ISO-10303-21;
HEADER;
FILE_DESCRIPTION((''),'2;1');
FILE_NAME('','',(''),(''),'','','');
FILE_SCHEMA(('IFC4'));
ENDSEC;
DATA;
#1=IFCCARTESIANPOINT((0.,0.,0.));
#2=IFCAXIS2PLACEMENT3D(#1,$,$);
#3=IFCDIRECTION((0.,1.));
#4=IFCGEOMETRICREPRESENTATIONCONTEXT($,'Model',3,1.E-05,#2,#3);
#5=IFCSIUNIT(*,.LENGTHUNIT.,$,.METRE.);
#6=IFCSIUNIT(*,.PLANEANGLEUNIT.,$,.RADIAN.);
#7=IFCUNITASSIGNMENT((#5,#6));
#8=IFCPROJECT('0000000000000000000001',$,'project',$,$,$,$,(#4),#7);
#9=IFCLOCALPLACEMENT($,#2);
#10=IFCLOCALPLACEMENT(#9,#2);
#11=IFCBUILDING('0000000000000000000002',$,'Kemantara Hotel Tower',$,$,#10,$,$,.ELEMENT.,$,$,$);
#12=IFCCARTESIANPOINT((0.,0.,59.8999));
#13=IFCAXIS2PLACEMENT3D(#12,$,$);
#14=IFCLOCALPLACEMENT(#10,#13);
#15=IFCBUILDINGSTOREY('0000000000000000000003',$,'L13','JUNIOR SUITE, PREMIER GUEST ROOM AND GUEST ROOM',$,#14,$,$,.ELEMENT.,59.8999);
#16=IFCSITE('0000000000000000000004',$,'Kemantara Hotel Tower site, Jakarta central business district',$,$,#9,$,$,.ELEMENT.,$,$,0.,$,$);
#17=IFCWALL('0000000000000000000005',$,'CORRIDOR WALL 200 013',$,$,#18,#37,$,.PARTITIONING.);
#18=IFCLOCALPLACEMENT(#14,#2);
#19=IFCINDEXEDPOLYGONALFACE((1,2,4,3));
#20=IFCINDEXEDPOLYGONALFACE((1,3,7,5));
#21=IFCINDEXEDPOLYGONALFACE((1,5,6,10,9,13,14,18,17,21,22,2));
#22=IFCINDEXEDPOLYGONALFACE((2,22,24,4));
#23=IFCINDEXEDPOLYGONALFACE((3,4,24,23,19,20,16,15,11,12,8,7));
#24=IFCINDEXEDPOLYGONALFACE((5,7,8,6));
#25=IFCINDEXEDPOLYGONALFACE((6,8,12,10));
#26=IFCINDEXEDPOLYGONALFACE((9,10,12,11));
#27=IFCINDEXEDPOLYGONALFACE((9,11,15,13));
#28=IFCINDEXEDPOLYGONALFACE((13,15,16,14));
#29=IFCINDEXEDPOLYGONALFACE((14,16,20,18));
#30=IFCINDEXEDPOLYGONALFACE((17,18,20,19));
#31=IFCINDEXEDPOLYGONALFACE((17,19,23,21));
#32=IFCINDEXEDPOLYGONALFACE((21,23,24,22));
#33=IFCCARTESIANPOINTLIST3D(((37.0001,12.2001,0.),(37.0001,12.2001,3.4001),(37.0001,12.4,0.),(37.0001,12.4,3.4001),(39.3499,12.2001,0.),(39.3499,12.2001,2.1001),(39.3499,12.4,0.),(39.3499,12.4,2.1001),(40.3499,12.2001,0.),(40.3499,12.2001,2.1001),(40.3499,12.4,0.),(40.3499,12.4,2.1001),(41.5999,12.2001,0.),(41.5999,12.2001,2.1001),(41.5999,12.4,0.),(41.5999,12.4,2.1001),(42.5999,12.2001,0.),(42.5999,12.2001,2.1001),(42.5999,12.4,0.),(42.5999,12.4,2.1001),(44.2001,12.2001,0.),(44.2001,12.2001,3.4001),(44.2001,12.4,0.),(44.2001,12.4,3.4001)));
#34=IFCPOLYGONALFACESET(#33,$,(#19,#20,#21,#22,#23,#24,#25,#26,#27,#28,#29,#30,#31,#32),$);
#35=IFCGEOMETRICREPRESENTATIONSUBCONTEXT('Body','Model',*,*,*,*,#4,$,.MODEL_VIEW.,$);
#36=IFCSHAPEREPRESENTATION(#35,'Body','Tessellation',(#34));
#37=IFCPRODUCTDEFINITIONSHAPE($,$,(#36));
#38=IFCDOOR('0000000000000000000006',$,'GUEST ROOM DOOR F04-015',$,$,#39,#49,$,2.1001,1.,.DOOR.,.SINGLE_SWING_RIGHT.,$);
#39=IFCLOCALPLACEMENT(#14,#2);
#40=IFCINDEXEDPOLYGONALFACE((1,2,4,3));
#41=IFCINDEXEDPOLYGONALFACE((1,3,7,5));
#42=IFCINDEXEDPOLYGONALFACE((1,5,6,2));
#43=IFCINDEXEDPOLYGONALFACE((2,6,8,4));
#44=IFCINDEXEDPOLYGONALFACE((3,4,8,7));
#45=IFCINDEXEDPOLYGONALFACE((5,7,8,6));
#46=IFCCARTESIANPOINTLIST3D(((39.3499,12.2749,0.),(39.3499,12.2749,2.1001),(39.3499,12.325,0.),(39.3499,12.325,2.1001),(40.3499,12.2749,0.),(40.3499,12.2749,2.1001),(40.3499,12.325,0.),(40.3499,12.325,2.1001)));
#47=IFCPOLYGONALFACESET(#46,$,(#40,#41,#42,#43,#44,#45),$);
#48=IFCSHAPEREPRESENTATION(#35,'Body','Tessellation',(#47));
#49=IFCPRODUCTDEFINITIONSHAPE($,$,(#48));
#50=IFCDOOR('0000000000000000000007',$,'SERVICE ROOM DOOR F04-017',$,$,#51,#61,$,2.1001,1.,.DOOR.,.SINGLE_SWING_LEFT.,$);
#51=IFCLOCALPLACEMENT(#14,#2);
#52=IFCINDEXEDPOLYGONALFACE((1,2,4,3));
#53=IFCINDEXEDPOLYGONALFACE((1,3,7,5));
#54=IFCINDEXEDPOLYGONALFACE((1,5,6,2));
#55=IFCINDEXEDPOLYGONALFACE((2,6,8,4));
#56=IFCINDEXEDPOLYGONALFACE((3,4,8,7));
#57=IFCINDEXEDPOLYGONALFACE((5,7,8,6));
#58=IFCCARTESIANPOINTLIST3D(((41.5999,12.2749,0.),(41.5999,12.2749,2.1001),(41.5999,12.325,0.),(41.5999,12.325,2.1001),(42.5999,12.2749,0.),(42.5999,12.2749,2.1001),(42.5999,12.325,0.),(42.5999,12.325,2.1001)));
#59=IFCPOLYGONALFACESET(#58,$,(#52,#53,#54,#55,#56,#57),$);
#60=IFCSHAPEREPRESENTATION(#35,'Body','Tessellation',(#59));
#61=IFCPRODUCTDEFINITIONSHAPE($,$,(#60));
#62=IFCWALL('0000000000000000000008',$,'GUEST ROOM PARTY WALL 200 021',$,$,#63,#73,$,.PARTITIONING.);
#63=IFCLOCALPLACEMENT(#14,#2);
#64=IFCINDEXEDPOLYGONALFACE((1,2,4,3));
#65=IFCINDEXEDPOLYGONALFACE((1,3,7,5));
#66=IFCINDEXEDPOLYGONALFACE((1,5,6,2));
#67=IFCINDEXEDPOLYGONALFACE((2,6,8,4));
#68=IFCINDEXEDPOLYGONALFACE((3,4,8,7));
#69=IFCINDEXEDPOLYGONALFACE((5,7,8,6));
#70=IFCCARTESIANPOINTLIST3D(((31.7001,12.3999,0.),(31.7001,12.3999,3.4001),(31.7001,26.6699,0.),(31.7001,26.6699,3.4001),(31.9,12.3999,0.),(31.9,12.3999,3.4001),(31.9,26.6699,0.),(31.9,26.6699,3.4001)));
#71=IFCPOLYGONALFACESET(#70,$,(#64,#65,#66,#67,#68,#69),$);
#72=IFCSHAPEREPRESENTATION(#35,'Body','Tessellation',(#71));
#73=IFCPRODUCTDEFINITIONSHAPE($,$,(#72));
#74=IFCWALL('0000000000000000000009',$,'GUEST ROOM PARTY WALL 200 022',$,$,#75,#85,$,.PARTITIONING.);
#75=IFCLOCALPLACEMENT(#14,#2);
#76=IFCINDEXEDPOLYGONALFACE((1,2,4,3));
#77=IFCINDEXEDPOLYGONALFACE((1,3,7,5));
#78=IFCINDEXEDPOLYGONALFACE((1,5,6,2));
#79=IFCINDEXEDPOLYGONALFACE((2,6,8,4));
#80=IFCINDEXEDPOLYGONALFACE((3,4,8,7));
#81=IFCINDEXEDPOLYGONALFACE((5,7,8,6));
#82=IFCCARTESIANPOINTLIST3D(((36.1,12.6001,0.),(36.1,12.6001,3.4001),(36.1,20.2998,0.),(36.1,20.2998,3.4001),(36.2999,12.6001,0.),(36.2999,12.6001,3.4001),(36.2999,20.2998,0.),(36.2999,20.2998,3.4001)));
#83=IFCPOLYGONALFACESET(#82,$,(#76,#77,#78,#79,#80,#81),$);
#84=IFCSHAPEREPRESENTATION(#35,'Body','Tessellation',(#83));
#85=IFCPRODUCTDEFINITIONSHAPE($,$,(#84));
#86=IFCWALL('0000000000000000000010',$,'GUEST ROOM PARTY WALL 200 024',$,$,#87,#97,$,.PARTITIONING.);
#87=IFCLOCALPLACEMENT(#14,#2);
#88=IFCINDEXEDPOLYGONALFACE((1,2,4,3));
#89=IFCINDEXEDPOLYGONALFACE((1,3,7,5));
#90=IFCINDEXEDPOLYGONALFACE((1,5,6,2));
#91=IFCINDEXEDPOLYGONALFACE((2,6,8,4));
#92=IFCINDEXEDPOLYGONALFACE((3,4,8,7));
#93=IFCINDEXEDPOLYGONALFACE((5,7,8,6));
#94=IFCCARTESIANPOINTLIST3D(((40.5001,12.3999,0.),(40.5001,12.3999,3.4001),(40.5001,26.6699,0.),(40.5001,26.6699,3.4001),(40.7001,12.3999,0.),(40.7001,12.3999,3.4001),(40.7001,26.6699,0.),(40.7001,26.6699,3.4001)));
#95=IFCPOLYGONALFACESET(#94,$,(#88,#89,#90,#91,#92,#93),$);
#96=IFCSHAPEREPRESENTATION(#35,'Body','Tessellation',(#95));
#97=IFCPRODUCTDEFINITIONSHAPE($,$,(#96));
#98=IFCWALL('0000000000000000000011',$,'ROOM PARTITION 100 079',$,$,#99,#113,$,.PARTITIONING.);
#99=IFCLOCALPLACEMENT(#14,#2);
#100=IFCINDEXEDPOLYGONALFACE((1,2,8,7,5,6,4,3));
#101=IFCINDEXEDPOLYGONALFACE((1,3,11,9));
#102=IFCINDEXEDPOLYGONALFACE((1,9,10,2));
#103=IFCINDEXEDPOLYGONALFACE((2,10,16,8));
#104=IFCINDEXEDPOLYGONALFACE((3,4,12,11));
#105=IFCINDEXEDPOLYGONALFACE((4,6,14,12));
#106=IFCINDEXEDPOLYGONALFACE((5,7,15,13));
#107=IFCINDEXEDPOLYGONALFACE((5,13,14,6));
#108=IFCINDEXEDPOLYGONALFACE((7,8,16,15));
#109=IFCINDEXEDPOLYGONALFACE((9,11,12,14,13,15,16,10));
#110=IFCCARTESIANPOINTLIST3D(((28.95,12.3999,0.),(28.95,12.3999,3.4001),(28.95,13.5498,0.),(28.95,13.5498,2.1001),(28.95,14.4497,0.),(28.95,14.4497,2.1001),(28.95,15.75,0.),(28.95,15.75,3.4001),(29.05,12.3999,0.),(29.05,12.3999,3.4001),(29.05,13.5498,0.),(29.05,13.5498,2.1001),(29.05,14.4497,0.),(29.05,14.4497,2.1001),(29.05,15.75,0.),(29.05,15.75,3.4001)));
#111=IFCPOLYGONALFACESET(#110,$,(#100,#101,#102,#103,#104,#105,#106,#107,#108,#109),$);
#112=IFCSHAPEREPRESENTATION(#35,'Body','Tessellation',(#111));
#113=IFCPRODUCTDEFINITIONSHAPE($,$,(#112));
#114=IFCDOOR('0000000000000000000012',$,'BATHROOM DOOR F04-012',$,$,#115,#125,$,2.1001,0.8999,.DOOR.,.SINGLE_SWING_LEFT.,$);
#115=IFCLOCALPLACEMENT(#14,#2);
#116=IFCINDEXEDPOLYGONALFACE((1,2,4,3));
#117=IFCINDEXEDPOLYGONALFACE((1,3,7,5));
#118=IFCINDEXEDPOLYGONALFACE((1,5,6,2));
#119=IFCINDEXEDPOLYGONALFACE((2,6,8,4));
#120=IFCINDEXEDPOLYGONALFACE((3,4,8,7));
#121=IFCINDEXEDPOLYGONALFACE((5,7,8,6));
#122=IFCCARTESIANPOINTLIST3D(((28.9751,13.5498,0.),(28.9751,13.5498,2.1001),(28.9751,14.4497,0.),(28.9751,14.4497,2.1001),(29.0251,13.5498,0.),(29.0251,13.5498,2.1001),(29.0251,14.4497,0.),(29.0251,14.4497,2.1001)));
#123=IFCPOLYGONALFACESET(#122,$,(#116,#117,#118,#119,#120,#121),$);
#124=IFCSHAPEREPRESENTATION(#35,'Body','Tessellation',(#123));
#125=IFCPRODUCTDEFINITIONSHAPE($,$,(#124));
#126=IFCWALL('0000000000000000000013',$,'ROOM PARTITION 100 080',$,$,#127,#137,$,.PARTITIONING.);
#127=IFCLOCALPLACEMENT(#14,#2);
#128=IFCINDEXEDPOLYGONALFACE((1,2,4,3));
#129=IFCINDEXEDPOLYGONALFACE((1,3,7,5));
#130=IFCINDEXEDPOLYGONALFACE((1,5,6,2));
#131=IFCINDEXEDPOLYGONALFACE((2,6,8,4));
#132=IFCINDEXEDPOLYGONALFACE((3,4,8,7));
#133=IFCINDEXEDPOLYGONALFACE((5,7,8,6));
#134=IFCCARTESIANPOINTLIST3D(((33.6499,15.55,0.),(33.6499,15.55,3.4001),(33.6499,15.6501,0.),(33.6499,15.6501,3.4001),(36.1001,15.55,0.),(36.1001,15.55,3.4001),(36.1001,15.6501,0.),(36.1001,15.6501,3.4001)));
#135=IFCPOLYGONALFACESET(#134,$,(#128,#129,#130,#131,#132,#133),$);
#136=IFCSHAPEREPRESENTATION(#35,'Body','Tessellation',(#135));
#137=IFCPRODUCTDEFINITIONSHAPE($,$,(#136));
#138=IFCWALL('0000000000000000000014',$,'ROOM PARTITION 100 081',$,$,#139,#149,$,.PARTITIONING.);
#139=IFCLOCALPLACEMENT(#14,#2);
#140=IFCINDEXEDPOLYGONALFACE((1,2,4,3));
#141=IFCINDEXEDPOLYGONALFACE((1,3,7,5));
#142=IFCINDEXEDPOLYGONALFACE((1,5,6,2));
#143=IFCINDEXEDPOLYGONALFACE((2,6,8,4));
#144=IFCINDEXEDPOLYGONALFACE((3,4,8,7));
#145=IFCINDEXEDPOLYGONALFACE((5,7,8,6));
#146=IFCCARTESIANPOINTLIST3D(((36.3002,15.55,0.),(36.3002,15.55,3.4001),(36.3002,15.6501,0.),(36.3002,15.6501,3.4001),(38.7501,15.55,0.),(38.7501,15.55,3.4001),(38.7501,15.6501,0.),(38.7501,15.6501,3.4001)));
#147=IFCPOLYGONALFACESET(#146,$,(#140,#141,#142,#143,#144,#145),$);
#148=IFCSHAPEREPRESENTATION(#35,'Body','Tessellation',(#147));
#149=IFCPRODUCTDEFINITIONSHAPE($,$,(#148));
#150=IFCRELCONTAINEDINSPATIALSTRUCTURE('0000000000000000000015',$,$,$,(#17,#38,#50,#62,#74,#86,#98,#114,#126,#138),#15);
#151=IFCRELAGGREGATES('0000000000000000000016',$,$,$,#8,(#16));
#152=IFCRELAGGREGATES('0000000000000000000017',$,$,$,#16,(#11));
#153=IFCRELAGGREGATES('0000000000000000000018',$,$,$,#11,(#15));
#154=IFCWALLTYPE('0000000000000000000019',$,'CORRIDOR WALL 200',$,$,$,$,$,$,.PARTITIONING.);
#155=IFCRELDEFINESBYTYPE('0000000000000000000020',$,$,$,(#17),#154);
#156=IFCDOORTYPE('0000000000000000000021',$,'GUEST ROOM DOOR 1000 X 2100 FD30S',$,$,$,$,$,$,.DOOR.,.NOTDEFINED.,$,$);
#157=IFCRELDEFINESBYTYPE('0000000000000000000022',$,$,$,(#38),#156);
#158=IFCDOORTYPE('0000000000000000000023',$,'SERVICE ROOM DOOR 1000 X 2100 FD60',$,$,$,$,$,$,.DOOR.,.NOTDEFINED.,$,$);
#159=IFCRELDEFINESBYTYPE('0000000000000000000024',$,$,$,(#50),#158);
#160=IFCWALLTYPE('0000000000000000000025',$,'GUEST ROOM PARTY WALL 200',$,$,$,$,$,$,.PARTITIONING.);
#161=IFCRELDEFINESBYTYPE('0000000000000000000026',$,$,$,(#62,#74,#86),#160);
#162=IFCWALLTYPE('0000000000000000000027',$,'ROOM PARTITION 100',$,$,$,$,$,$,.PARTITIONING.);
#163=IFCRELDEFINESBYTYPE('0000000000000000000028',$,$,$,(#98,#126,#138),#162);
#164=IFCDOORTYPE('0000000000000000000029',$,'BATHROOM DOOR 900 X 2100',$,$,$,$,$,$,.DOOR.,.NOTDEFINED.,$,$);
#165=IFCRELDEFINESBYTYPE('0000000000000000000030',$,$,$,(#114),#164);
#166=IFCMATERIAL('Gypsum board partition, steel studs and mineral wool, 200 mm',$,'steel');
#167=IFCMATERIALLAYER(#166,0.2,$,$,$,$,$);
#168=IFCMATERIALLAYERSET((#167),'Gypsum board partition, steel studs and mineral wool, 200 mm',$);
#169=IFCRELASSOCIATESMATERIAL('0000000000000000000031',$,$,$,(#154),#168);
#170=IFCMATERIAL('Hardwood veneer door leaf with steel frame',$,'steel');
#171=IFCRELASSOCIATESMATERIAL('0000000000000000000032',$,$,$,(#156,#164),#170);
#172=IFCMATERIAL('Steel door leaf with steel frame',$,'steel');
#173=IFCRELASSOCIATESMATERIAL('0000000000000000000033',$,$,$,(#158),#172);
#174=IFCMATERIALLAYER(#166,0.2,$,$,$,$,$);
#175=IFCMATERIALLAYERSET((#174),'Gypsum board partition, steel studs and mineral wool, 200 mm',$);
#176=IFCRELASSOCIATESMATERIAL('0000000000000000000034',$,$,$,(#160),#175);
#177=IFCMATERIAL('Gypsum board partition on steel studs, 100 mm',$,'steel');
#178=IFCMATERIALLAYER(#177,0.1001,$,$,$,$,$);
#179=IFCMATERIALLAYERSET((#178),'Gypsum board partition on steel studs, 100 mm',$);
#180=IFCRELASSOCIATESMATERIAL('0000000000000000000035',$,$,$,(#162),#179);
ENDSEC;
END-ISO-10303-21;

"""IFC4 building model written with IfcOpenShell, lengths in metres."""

from ifc_helpers import new_model, si_unit, direction, frame, frame_2d, origin, place, context, subcontext, project, spatial, rectangle, extrude, material, layer, layer_set, type_object, element, fill, save


model = new_model("IFC4")

# Units and contexts
model_context = context("Model", 3, precision=1e-05, world=origin(), true_north=direction((0.0, 1.0)))
body_context = subcontext(model_context, "Body", "Model", "MODEL_VIEW")
ifc_project = project(units=[si_unit("LENGTHUNIT", "METRE"), si_unit("PLANEANGLEUNIT", "RADIAN")], contexts=[model_context])

# Site, building, storey
site_placement = place(None, origin())
site = spatial("IfcSite", under=ifc_project, at=site_placement, Name="Kemantara Hotel Tower site, Jakarta central business district", CompositionType="ELEMENT", RefElevation=0.0)
building_placement = place(site_placement, origin())
building = spatial("IfcBuilding", under=site, at=building_placement, Name="Kemantara Hotel Tower", CompositionType="ELEMENT")
storey_placement = place(building_placement, frame((0.0, 0.0, 59.8999)))
storey = spatial("IfcBuildingStorey", under=building, at=storey_placement, Name="L13", Description="JUNIOR SUITE, PREMIER GUEST ROOM AND GUEST ROOM", CompositionType="ELEMENT", Elevation=59.8999)

# Shared definitions
ifc_material_1 = material(Name="Gypsum board partition, steel studs and mineral wool, 200 mm", Category="steel")
ifc_layer_1 = layer(ifc_material_1, 0.2)
ifc_layer_set_1 = layer_set([ifc_layer_1], Name="Gypsum board partition, steel studs and mineral wool, 200 mm")
wall_type_1 = type_object("IfcWallType", Name="CORRIDOR WALL 200", PredefinedType="PARTITIONING", material=ifc_layer_set_1)

# Wall, openings, doors
ifc_material_2 = material(Name="Hardwood veneer door leaf with steel frame", Category="steel")
door_type_1 = type_object("IfcDoorType", Name="GUEST ROOM DOOR 1000 X 2100 FD30S", OperationType="NOTDEFINED", PredefinedType="DOOR", material=ifc_material_2)
wall_1_placement = place(storey_placement, frame((37.0, 12.3, 0.0), z_axis=(0.0, 0.0, 1.0), x_axis=(1.0, 0.0, 0.0)))
wall_1 = element("IfcWall", 1, at=wall_1_placement, inside=storey, type_object=wall_type_1, Name="CORRIDOR WALL 200 013", PredefinedType="PARTITIONING", context=body_context, shape_type="SweptSolid", body=[
    extrude(rectangle(XDim=7.2, YDim=0.2, at=frame_2d((3.6001, 0.0))), origin(), (0.0, 0.0, 1.0), 3.4001),
])
opening_1_placement = place(wall_1_placement, frame((2.3499, 0.0, 0.0)))
opening_1 = element("IfcOpeningElement", 2, at=opening_1_placement, cuts=wall_1, PredefinedType="OPENING", context=body_context, shape_type="SweptSolid", body=[
    extrude(rectangle(XDim=1.0, YDim=2.1001, at=frame_2d((0.5, 1.05))), frame((0.0, 0.1099, 0.0), z_axis=(0.0, -1.0, 0.0), x_axis=(1.0, 0.0, 0.0)), (0.0, 0.0, 1.0), 0.22),
])
opening_2_placement = place(wall_1_placement, frame((4.5999, 0.0, 0.0)))
opening_2 = element("IfcOpeningElement", 3, at=opening_2_placement, cuts=wall_1, PredefinedType="OPENING", context=body_context, shape_type="SweptSolid", body=[
    extrude(rectangle(XDim=1.0, YDim=2.1001, at=frame_2d((0.5, 1.05))), frame((0.0, 0.1099, 0.0), z_axis=(0.0, -1.0, 0.0), x_axis=(1.0, 0.0, 0.0)), (0.0, 0.0, 1.0), 0.22),
])
door_1_placement = place(opening_1_placement, origin())
door_1 = element("IfcDoor", 4, at=door_1_placement, inside=storey, type_object=door_type_1, Name="GUEST ROOM DOOR F04-015", OperationType="SINGLE_SWING_RIGHT", OverallHeight=2.1001, OverallWidth=1.0, PredefinedType="DOOR", context=body_context, shape_type="SweptSolid", body=[
    extrude(rectangle(XDim=1.0, YDim=2.1001, at=frame_2d((0.5, 1.05))), frame((0.0, 0.0249, 0.0), z_axis=(0.0, -1.0, 0.0), x_axis=(1.0, 0.0, 0.0)), (0.0, 0.0, 1.0), 0.05),
])
fill(opening_1, door_1)
ifc_material_3 = material(Name="Steel door leaf with steel frame", Category="steel")
door_type_2 = type_object("IfcDoorType", Name="SERVICE ROOM DOOR 1000 X 2100 FD60", OperationType="NOTDEFINED", PredefinedType="DOOR", material=ifc_material_3)
door_2_placement = place(opening_2_placement, origin())
door_2 = element("IfcDoor", 5, at=door_2_placement, inside=storey, type_object=door_type_2, Name="SERVICE ROOM DOOR F04-017", OperationType="SINGLE_SWING_LEFT", OverallHeight=2.1001, OverallWidth=1.0, PredefinedType="DOOR", context=body_context, shape_type="SweptSolid", body=[
    extrude(rectangle(XDim=1.0, YDim=2.1001, at=frame_2d((0.5, 1.05))), frame((0.0, 0.0249, 0.0), z_axis=(0.0, -1.0, 0.0), x_axis=(1.0, 0.0, 0.0)), (0.0, 0.0, 1.0), 0.05),
])
fill(opening_2, door_2)

# Walls
ifc_layer_2 = layer(ifc_material_1, 0.2)
ifc_layer_set_2 = layer_set([ifc_layer_2], Name="Gypsum board partition, steel studs and mineral wool, 200 mm")
wall_type_2 = type_object("IfcWallType", Name="GUEST ROOM PARTY WALL 200", PredefinedType="PARTITIONING", material=ifc_layer_set_2)
wall_2_placement = place(storey_placement, frame((31.8, 12.3999, 0.0), z_axis=(0.0, 0.0, 1.0), x_axis=(0.0, 1.0, 0.0)))
element("IfcWall", 6, at=wall_2_placement, inside=storey, type_object=wall_type_2, Name="GUEST ROOM PARTY WALL 200 021", PredefinedType="PARTITIONING", context=body_context, shape_type="SweptSolid", body=[
    extrude(rectangle(XDim=14.27, YDim=0.2, at=frame_2d((7.135, 0.0))), origin(), (0.0, 0.0, 1.0), 3.4001),
])
wall_3_placement = place(storey_placement, frame((36.2, 12.6001, 0.0), z_axis=(0.0, 0.0, 1.0), x_axis=(0.0, 1.0, 0.0)))
element("IfcWall", 7, at=wall_3_placement, inside=storey, type_object=wall_type_2, Name="GUEST ROOM PARTY WALL 200 022", PredefinedType="PARTITIONING", context=body_context, shape_type="SweptSolid", body=[
    extrude(rectangle(XDim=7.6997, YDim=0.2, at=frame_2d((3.8499, 0.0))), origin(), (0.0, 0.0, 1.0), 3.4001),
])
wall_4_placement = place(storey_placement, frame((40.6001, 12.3999, 0.0), z_axis=(0.0, 0.0, 1.0), x_axis=(0.0, 1.0, 0.0)))
element("IfcWall", 8, at=wall_4_placement, inside=storey, type_object=wall_type_2, Name="GUEST ROOM PARTY WALL 200 024", PredefinedType="PARTITIONING", context=body_context, shape_type="SweptSolid", body=[
    extrude(rectangle(XDim=14.27, YDim=0.2, at=frame_2d((7.135, 0.0))), origin(), (0.0, 0.0, 1.0), 3.4001),
])

# Wall, opening, door
ifc_material_4 = material(Name="Gypsum board partition on steel studs, 100 mm", Category="steel")
ifc_layer_3 = layer(ifc_material_4, 0.1001)
ifc_layer_set_3 = layer_set([ifc_layer_3], Name="Gypsum board partition on steel studs, 100 mm")
wall_type_3 = type_object("IfcWallType", Name="ROOM PARTITION 100", PredefinedType="PARTITIONING", material=ifc_layer_set_3)
wall_5_placement = place(storey_placement, frame((29.0, 12.3999, 0.0), z_axis=(0.0, 0.0, 1.0), x_axis=(0.0, 1.0, 0.0)))
wall_5 = element("IfcWall", 9, at=wall_5_placement, inside=storey, type_object=wall_type_3, Name="ROOM PARTITION 100 079", PredefinedType="PARTITIONING", context=body_context, shape_type="SweptSolid", body=[
    extrude(rectangle(XDim=3.3501, YDim=0.1001, at=frame_2d((1.675, 0.0))), origin(), (0.0, 0.0, 1.0), 3.4001),
])
opening_3_placement = place(wall_5_placement, frame((1.1499, 0.0, 0.0)))
opening_3 = element("IfcOpeningElement", 10, at=opening_3_placement, cuts=wall_5, PredefinedType="OPENING", context=body_context, shape_type="SweptSolid", body=[
    extrude(rectangle(XDim=0.8999, YDim=2.1001, at=frame_2d((0.45, 1.05))), frame((0.0, 0.0601, 0.0), z_axis=(0.0, -1.0, 0.0), x_axis=(1.0, 0.0, 0.0)), (0.0, 0.0, 1.0), 0.1201),
])
door_type_3 = type_object("IfcDoorType", Name="BATHROOM DOOR 900 X 2100", OperationType="NOTDEFINED", PredefinedType="DOOR", material=ifc_material_2)
door_3_placement = place(opening_3_placement, origin())
door_3 = element("IfcDoor", 11, at=door_3_placement, inside=storey, type_object=door_type_3, Name="BATHROOM DOOR F04-012", OperationType="SINGLE_SWING_LEFT", OverallHeight=2.1001, OverallWidth=0.8999, PredefinedType="DOOR", context=body_context, shape_type="SweptSolid", body=[
    extrude(rectangle(XDim=0.8999, YDim=2.1001, at=frame_2d((0.45, 1.05))), frame((0.0, 0.0249, 0.0), z_axis=(0.0, -1.0, 0.0), x_axis=(1.0, 0.0, 0.0)), (0.0, 0.0, 1.0), 0.05),
])
fill(opening_3, door_3)

# Walls
wall_6_placement = place(storey_placement, frame((33.6499, 15.6001, 0.0), z_axis=(0.0, 0.0, 1.0), x_axis=(1.0, 0.0, 0.0)))
element("IfcWall", 12, at=wall_6_placement, inside=storey, type_object=wall_type_3, Name="ROOM PARTITION 100 080", PredefinedType="PARTITIONING", context=body_context, shape_type="SweptSolid", body=[
    extrude(rectangle(XDim=2.4502, YDim=0.1001, at=frame_2d((1.2251, 0.0))), origin(), (0.0, 0.0, 1.0), 3.4001),
])
wall_7_placement = place(storey_placement, frame((36.3, 15.6001, 0.0), z_axis=(0.0, 0.0, 1.0), x_axis=(1.0, 0.0, 0.0)))
element("IfcWall", 13, at=wall_7_placement, inside=storey, type_object=wall_type_3, Name="ROOM PARTITION 100 081", PredefinedType="PARTITIONING", context=body_context, shape_type="SweptSolid", body=[
    extrude(rectangle(XDim=2.45, YDim=0.1001, at=frame_2d((1.2251, 0.0))), origin(), (0.0, 0.0, 1.0), 3.4001),
])

save(model, "model.ifc")
